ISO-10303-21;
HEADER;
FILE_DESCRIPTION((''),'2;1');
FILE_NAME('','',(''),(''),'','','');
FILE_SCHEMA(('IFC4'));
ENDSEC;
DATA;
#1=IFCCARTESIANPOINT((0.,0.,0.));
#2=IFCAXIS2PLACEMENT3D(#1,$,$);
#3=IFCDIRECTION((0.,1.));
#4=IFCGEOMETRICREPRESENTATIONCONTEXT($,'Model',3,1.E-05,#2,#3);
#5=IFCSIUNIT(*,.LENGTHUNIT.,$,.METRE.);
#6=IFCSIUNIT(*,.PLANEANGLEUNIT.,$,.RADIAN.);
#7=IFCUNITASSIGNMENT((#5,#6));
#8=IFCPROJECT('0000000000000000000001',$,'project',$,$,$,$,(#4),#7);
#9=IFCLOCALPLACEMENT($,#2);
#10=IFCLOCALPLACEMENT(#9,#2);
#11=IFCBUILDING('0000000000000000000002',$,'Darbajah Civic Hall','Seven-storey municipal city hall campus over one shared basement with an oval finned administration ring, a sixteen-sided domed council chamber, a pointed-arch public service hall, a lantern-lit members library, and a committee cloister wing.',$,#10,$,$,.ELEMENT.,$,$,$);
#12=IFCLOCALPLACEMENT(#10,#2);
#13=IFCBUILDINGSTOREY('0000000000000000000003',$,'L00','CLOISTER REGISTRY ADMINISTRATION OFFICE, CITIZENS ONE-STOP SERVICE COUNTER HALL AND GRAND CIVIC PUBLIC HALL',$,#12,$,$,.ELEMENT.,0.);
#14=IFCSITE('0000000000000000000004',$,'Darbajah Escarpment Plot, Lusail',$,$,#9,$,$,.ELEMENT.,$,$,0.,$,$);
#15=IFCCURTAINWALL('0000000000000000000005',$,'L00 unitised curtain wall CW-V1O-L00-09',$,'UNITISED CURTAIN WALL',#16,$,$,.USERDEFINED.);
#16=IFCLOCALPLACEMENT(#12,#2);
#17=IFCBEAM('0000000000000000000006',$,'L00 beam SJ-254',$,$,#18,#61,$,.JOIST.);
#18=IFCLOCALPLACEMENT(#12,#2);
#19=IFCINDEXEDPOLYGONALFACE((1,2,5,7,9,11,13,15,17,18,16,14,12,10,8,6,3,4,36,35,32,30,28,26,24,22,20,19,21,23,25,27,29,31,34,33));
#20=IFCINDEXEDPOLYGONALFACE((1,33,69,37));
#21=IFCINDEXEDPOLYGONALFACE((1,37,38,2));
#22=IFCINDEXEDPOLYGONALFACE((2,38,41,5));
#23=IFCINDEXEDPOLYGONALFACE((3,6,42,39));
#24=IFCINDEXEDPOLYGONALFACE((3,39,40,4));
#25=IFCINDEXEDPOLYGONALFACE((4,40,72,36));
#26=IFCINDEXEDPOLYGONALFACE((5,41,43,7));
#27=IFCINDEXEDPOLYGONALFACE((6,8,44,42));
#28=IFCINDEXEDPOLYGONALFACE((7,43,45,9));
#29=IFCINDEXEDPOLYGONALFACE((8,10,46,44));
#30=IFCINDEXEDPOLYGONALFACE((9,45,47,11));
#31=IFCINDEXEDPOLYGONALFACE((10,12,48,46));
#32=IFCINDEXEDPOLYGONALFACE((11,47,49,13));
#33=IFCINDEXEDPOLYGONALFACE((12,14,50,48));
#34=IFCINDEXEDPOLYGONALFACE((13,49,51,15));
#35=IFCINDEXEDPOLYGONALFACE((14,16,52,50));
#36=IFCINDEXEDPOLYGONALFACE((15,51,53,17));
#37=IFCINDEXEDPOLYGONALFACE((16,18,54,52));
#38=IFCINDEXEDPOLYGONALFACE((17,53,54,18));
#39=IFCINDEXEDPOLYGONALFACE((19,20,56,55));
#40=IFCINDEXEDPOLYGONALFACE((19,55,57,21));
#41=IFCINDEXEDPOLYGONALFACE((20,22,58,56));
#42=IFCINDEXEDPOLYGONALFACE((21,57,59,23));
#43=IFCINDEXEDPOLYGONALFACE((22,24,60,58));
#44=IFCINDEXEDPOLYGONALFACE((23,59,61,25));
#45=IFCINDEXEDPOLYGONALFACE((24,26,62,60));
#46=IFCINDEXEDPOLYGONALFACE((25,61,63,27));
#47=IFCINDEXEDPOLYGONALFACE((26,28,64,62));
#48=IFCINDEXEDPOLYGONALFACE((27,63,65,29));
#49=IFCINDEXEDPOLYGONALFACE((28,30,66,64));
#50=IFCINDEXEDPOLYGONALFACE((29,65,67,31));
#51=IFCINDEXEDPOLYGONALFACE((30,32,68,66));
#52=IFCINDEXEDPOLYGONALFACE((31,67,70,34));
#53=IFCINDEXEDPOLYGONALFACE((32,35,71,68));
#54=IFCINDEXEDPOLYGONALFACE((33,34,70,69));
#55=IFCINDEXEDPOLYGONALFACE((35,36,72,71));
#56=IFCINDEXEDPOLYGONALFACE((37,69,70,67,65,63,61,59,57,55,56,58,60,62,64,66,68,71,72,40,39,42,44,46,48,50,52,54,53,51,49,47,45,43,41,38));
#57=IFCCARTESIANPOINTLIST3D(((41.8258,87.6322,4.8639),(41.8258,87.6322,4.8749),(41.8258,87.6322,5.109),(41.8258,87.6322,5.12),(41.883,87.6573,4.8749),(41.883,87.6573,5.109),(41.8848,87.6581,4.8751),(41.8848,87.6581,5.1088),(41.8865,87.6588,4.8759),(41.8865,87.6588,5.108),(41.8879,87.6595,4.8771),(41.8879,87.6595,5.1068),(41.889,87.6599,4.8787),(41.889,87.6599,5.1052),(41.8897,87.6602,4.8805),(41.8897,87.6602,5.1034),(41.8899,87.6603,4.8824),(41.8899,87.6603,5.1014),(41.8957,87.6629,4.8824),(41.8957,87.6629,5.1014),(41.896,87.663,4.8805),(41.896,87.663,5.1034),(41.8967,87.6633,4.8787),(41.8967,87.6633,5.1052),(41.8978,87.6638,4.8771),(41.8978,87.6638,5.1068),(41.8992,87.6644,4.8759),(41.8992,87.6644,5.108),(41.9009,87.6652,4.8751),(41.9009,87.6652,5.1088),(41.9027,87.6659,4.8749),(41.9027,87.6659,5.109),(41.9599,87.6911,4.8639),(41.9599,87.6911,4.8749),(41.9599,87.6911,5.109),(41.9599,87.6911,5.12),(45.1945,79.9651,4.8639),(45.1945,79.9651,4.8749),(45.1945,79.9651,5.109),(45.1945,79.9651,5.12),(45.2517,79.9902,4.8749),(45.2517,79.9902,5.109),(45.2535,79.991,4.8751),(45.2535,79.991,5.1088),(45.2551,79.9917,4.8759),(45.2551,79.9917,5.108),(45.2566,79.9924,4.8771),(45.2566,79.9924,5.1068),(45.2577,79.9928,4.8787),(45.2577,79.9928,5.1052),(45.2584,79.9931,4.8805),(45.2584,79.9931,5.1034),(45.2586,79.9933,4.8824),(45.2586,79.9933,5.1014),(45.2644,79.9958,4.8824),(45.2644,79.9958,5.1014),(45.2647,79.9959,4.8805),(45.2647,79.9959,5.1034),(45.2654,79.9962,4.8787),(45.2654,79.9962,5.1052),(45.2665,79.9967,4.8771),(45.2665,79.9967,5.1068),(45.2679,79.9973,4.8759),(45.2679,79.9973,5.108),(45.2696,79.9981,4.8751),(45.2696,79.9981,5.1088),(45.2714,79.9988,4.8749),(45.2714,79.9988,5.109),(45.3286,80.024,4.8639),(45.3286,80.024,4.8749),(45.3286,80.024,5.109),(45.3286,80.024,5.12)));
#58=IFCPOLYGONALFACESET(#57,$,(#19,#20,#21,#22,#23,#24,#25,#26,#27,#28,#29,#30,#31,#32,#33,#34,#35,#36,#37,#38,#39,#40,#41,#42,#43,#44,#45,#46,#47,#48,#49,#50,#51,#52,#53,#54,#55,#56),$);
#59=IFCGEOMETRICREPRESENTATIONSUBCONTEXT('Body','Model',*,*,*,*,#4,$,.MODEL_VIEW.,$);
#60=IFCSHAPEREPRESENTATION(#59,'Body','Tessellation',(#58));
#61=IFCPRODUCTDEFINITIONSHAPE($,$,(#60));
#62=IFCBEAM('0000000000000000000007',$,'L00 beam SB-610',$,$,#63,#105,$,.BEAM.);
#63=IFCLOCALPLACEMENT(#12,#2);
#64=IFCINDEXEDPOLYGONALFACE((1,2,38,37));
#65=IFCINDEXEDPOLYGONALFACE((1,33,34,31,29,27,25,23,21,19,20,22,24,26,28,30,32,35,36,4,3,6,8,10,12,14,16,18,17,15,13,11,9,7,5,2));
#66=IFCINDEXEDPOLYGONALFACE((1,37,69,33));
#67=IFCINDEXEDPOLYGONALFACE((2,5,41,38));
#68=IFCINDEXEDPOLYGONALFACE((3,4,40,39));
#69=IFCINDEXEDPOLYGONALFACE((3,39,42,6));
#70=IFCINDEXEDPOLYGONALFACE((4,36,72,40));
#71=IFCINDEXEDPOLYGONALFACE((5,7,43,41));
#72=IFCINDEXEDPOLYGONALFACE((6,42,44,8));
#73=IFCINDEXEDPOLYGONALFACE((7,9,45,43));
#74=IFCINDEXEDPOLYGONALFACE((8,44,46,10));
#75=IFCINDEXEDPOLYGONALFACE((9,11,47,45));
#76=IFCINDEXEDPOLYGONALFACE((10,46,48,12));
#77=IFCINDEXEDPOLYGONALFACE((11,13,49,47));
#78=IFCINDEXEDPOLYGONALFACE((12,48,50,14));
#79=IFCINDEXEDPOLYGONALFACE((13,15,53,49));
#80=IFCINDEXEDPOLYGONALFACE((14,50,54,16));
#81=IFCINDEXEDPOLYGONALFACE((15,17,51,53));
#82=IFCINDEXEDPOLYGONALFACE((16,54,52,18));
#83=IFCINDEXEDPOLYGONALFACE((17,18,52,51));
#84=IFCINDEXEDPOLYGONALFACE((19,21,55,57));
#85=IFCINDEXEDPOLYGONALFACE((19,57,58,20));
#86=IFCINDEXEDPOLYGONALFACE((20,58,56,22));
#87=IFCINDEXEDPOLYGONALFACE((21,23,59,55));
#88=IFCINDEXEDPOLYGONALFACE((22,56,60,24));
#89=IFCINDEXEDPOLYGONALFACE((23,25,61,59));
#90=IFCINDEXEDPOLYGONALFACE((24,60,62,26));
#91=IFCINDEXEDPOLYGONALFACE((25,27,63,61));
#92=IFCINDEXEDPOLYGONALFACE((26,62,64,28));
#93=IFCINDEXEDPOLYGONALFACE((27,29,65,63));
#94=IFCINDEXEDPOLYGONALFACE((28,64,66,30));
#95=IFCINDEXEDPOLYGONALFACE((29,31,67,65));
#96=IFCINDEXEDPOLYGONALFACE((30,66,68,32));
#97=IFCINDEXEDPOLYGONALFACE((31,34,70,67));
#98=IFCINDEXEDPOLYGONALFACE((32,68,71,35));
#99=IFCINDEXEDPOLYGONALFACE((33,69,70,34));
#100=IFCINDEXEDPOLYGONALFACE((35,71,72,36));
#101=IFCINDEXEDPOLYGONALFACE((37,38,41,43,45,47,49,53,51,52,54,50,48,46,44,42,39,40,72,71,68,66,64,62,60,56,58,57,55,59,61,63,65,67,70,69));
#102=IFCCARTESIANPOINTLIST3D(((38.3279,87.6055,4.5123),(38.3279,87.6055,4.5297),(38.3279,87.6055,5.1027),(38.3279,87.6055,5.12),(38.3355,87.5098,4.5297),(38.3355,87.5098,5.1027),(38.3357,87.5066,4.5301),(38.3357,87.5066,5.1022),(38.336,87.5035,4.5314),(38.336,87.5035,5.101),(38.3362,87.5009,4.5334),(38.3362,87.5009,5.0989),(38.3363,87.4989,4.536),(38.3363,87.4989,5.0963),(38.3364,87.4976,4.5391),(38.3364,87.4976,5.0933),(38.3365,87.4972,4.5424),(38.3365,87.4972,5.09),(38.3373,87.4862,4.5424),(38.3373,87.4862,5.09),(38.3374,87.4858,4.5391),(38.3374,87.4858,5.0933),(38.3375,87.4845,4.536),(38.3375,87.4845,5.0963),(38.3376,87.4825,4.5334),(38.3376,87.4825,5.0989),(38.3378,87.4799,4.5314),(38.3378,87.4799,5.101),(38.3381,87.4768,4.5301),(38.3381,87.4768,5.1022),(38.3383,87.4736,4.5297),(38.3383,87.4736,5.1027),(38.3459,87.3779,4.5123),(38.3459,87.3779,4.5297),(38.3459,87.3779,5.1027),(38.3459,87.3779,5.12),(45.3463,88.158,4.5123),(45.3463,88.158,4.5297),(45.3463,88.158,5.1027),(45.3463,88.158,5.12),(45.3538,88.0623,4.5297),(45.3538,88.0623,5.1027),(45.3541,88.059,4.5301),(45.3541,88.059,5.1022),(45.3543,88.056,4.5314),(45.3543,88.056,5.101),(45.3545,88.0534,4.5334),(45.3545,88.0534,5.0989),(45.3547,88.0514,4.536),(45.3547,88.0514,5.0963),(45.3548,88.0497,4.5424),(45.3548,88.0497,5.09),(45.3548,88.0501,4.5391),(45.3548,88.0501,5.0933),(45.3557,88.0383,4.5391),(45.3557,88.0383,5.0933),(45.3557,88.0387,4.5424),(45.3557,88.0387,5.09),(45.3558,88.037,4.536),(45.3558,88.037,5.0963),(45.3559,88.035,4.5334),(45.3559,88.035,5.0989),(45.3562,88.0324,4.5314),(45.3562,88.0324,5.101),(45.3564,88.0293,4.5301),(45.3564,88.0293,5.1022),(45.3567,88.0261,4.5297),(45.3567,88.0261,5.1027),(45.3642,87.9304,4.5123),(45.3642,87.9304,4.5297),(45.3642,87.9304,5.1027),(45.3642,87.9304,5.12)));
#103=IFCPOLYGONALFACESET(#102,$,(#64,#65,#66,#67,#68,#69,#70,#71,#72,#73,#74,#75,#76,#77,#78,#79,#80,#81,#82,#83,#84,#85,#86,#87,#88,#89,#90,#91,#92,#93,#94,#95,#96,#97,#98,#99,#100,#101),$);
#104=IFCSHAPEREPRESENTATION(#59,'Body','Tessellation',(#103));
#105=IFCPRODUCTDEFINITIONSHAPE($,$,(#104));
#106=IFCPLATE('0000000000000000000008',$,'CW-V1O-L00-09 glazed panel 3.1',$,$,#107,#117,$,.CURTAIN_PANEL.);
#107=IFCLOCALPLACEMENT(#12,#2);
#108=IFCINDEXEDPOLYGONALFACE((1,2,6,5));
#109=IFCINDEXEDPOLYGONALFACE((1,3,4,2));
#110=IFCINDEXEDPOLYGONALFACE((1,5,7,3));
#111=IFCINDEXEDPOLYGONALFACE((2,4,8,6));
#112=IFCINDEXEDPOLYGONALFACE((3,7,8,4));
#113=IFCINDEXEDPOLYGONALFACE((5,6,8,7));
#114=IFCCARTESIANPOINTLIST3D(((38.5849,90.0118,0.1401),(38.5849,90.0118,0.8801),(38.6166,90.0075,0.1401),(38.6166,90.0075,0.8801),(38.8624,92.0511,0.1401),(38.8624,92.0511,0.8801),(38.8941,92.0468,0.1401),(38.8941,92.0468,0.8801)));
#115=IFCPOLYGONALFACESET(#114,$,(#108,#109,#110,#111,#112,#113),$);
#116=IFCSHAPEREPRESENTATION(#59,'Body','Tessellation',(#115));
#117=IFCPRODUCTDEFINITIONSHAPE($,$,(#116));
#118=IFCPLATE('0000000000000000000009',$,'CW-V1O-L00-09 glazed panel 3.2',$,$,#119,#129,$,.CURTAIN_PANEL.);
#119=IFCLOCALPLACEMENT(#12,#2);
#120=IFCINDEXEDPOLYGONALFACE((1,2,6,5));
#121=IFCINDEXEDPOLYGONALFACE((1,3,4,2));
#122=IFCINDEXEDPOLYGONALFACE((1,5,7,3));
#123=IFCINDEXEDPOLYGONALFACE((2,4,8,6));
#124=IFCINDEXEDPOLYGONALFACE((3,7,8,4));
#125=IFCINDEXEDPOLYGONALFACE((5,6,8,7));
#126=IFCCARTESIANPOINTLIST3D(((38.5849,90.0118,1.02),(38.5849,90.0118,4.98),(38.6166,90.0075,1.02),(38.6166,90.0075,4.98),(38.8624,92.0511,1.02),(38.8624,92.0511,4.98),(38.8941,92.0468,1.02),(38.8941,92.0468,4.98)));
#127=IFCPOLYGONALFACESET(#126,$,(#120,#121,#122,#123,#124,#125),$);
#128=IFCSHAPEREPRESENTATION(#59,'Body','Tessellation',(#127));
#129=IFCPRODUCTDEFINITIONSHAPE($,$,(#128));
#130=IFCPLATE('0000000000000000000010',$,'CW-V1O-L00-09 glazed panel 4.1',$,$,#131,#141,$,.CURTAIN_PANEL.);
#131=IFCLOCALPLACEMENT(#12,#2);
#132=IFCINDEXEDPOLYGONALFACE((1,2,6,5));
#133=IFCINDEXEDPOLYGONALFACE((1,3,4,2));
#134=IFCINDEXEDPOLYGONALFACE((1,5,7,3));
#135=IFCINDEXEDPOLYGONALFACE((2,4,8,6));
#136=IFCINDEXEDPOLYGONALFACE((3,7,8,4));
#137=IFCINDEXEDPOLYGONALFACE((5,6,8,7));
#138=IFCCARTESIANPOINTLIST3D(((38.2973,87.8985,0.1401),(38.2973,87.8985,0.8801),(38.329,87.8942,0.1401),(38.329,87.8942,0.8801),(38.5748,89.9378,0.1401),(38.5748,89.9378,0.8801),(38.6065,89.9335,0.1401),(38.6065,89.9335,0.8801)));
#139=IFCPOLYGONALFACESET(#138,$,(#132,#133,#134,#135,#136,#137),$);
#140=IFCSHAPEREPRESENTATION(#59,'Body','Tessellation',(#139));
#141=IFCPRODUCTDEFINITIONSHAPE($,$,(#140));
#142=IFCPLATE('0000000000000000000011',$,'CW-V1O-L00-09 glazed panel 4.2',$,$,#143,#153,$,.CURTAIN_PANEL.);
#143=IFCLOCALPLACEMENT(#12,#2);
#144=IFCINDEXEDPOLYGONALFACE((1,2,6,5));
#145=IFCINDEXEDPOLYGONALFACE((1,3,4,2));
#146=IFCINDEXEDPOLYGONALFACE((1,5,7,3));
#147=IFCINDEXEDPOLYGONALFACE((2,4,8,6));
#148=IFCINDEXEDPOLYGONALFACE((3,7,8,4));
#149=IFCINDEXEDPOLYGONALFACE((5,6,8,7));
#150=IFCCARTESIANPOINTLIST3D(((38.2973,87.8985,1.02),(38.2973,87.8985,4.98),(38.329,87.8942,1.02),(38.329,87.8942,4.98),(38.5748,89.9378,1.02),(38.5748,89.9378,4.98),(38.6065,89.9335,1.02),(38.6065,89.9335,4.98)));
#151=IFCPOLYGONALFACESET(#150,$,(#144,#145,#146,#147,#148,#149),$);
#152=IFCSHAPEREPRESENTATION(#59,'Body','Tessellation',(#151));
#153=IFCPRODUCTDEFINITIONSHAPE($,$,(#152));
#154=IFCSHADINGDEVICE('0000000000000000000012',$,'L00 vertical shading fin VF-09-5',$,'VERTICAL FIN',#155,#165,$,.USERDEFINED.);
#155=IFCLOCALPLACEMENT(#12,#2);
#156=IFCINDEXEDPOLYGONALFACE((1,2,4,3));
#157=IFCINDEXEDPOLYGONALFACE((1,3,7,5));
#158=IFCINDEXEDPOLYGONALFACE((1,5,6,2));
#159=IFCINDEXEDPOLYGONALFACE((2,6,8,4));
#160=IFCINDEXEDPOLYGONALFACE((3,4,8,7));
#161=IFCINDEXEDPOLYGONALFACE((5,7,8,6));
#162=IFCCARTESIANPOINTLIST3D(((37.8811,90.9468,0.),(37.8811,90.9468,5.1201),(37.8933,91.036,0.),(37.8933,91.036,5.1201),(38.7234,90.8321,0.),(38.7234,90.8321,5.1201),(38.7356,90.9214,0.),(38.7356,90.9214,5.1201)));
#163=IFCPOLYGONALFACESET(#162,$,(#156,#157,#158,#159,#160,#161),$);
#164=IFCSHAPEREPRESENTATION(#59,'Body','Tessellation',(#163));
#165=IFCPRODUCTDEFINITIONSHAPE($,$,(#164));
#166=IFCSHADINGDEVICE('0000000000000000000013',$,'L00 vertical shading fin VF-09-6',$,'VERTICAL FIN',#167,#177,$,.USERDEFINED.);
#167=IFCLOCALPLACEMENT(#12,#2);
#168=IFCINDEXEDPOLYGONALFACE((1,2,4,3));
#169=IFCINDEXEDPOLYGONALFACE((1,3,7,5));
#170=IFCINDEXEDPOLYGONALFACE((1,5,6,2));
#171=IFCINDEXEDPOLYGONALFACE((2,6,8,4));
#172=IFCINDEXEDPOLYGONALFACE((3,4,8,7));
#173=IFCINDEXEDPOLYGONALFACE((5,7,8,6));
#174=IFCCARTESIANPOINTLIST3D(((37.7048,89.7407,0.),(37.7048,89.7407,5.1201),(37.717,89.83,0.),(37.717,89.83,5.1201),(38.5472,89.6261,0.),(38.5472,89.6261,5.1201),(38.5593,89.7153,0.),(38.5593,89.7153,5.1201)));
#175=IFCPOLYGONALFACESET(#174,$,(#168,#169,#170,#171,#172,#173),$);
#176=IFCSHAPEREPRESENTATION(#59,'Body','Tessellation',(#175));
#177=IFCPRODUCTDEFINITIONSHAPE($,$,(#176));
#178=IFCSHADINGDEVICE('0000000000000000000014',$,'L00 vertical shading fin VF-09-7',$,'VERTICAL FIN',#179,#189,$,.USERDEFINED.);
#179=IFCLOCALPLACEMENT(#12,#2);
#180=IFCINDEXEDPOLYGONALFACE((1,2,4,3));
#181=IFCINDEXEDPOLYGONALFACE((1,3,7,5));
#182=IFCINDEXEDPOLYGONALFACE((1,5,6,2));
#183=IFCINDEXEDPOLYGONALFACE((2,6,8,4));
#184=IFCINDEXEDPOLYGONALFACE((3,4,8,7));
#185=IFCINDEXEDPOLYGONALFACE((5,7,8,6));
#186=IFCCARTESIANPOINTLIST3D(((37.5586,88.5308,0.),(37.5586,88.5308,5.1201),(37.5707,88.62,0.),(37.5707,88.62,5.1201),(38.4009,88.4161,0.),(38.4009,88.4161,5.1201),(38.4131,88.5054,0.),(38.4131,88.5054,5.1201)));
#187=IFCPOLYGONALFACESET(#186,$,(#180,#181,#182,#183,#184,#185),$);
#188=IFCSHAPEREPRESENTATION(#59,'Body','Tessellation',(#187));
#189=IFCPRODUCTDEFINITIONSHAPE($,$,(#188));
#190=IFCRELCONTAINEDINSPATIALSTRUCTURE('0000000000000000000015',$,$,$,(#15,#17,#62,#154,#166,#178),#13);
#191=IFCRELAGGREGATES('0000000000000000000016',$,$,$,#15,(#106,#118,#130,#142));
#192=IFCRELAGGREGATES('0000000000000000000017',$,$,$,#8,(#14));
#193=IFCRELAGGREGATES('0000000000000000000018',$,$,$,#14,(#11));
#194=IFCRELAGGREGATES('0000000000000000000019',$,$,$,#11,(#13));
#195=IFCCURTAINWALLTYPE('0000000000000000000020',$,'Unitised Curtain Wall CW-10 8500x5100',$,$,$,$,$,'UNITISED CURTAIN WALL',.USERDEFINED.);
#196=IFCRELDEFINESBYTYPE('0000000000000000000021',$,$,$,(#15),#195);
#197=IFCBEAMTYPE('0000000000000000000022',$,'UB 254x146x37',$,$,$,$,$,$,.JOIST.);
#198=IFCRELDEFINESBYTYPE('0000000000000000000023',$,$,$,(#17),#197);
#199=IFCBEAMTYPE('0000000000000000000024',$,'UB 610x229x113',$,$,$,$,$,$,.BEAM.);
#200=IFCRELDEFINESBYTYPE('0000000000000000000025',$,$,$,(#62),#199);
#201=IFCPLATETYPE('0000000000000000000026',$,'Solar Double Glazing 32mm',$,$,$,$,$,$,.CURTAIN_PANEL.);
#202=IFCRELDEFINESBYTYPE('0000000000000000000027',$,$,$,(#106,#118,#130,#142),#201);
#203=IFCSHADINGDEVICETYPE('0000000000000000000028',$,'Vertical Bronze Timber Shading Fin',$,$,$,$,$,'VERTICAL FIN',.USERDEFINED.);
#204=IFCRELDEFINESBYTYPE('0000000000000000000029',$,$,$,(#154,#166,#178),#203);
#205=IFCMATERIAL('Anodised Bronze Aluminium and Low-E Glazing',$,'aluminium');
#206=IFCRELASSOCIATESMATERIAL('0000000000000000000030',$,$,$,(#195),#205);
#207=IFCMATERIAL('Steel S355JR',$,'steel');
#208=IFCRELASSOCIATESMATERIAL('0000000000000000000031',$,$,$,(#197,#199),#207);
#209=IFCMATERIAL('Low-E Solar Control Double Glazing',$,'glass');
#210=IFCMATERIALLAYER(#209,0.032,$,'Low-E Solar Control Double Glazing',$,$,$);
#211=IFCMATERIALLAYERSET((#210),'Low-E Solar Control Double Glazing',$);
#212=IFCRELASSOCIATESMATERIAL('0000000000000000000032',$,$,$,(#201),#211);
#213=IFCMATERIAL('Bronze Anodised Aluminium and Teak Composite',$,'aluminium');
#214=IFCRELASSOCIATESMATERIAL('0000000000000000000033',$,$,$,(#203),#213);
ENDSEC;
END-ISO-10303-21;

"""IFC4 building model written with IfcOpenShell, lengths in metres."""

from ifc_helpers import new_model, si_unit, direction, frame, origin, origin_2d, place, context, subcontext, project, spatial, rectangle, i_section, extrude, material, layer, layer_set, material_profile, profile_set, type_object, element, aggregate, save


model = new_model("IFC4")

# Units and contexts
model_context = context("Model", 3, precision=1e-05, world=origin(), true_north=direction((0.0, 1.0)))
body_context = subcontext(model_context, "Body", "Model", "MODEL_VIEW")
ifc_project = project(units=[si_unit("LENGTHUNIT", "METRE"), si_unit("PLANEANGLEUNIT", "RADIAN")], contexts=[model_context])

# Site, building, storey
site_placement = place(None, origin())
site = spatial("IfcSite", under=ifc_project, at=site_placement, Name="Darbajah Escarpment Plot, Lusail", CompositionType="ELEMENT", RefElevation=0.0)
building_placement = place(site_placement, origin())
building = spatial("IfcBuilding", under=site, at=building_placement, Name="Darbajah Civic Hall", Description="Seven-storey municipal city hall campus over one shared basement with an oval finned administration ring, a sixteen-sided domed council chamber, a pointed-arch public service hall, a lantern-lit members library, and a committee cloister wing.", CompositionType="ELEMENT")
storey_placement = place(building_placement, origin())
storey = spatial("IfcBuildingStorey", under=building, at=storey_placement, Name="L00", Description="CLOISTER REGISTRY ADMINISTRATION OFFICE, CITIZENS ONE-STOP SERVICE COUNTER HALL AND GRAND CIVIC PUBLIC HALL", CompositionType="ELEMENT", Elevation=0.0)

# Curtain wall
ifc_material_1 = material(Name="Anodised Bronze Aluminium and Low-E Glazing", Category="aluminium")
curtain_wall_type = type_object("IfcCurtainWallType", Name="Unitised Curtain Wall CW-10 8500x5100", ElementType="UNITISED CURTAIN WALL", PredefinedType="USERDEFINED", material=ifc_material_1)
curtain_wall_placement = place(storey_placement, origin())
curtain_wall = element("IfcCurtainWall", 1, at=curtain_wall_placement, inside=storey, type_object=curtain_wall_type, Name="L00 unitised curtain wall CW-V1O-L00-09", ObjectType="UNITISED CURTAIN WALL", PredefinedType="USERDEFINED")

# Beams
ifc_material_2 = material(Name="Steel S355JR", Category="steel")
ifc_material_profile_1 = material_profile(ifc_material_2, i_section(OverallWidth=0.1465, OverallDepth=0.2561, WebThickness=0.0063, FlangeThickness=0.011, FilletRadius=0.0076, at=origin_2d()), Name="UB 254x146x37")
ifc_profile_set_1 = profile_set([ifc_material_profile_1], Name="Steel S355JR")
beam_type_1 = type_object("IfcBeamType", Name="UB 254x146x37", PredefinedType="JOIST", material=ifc_profile_set_1)
beam_1_placement = place(storey_placement, frame((41.8928, 87.6616, 4.9919), z_axis=(0.402256, -0.915527, 0.0), x_axis=(0.915527, 0.402256, 0.0)))
element("IfcBeam", 2, at=beam_1_placement, inside=storey, type_object=beam_type_1, Name="L00 beam SJ-254", PredefinedType="JOIST", context=body_context, shape_type="SweptSolid", body=[
    extrude(i_section(OverallWidth=0.1465, OverallDepth=0.2561, WebThickness=0.0063, FlangeThickness=0.011, FilletRadius=0.0076, at=origin_2d()), origin(), (0.0, 0.0, 1.0), 8.3745),
])
ifc_material_profile_2 = material_profile(ifc_material_2, i_section(OverallWidth=0.2283, OverallDepth=0.6077, WebThickness=0.011, FlangeThickness=0.0173, FilletRadius=0.0127, at=origin_2d()), Name="UB 610x229x113")
ifc_profile_set_2 = profile_set([ifc_material_profile_2], Name="Steel S355JR")
beam_type_2 = type_object("IfcBeamType", Name="UB 610x229x113", PredefinedType="BEAM", material=ifc_profile_set_2)
beam_2_placement = place(storey_placement, frame((45.3552, 88.0442, 4.8162), z_axis=(-0.996916, -0.078478, 0.0), x_axis=(0.078478, -0.996916, 0.0)))
element("IfcBeam", 3, at=beam_2_placement, inside=storey, type_object=beam_type_2, Name="L00 beam SB-610", PredefinedType="BEAM", context=body_context, shape_type="SweptSolid", body=[
    extrude(i_section(OverallWidth=0.2283, OverallDepth=0.6077, WebThickness=0.011, FlangeThickness=0.0173, FilletRadius=0.0127, at=origin_2d()), origin(), (0.0, 0.0, 1.0), 7.04),
])

# Plates
ifc_material_3 = material(Name="Low-E Solar Control Double Glazing", Category="glass")
ifc_layer = layer(ifc_material_3, 0.032, Name="Low-E Solar Control Double Glazing")
ifc_layer_set = layer_set([ifc_layer], Name="Low-E Solar Control Double Glazing")
plate_type = type_object("IfcPlateType", Name="Solar Double Glazing 32mm", PredefinedType="CURTAIN_PANEL", material=ifc_layer_set)
plate_1_placement = place(storey_placement, frame((38.7395, 91.0293, 0.1401), z_axis=(0.0, 0.0, 1.0), x_axis=(-0.134851, -0.990866, 0.0)))
plate_1 = element("IfcPlate", 4, at=plate_1_placement, type_object=plate_type, Name="CW-V1O-L00-09 glazed panel 3.1", PredefinedType="CURTAIN_PANEL", context=body_context, shape_type="SweptSolid", body=[
    extrude(rectangle(XDim=2.0581, YDim=0.032, at=origin_2d()), origin(), (0.0, 0.0, 1.0), 0.74),
])
plate_2_placement = place(storey_placement, frame((38.7395, 91.0293, 1.02), z_axis=(0.0, 0.0, 1.0), x_axis=(-0.134851, -0.990866, 0.0)))
plate_2 = element("IfcPlate", 5, at=plate_2_placement, type_object=plate_type, Name="CW-V1O-L00-09 glazed panel 3.2", PredefinedType="CURTAIN_PANEL", context=body_context, shape_type="SweptSolid", body=[
    extrude(rectangle(XDim=2.0581, YDim=0.032, at=origin_2d()), origin(), (0.0, 0.0, 1.0), 3.96),
])
plate_3_placement = place(storey_placement, frame((38.4519, 88.916, 0.1401), z_axis=(0.0, 0.0, 1.0), x_axis=(-0.134851, -0.990866, 0.0)))
plate_3 = element("IfcPlate", 6, at=plate_3_placement, type_object=plate_type, Name="CW-V1O-L00-09 glazed panel 4.1", PredefinedType="CURTAIN_PANEL", context=body_context, shape_type="SweptSolid", body=[
    extrude(rectangle(XDim=2.0581, YDim=0.032, at=origin_2d()), origin(), (0.0, 0.0, 1.0), 0.74),
])
plate_4_placement = place(storey_placement, frame((38.4519, 88.916, 1.02), z_axis=(0.0, 0.0, 1.0), x_axis=(-0.134851, -0.990866, 0.0)))
plate_4 = element("IfcPlate", 7, at=plate_4_placement, type_object=plate_type, Name="CW-V1O-L00-09 glazed panel 4.2", PredefinedType="CURTAIN_PANEL", context=body_context, shape_type="SweptSolid", body=[
    extrude(rectangle(XDim=2.0581, YDim=0.032, at=origin_2d()), origin(), (0.0, 0.0, 1.0), 3.96),
])
aggregate(curtain_wall, [plate_1, plate_2, plate_3, plate_4])

# Shading devices
ifc_material_4 = material(Name="Bronze Anodised Aluminium and Teak Composite", Category="aluminium")
shading_device_type = type_object("IfcShadingDeviceType", Name="Vertical Bronze Timber Shading Fin", ElementType="VERTICAL FIN", PredefinedType="USERDEFINED", material=ifc_material_4)
for number, where, z_axis, x_axis, name in (
    (8, (38.3083, 90.9341, 0.0), (0.0, 0.0, 1.0), (-0.990866, 0.134851, 0.0), "L00 vertical shading fin VF-09-5"),
    (9, (38.1321, 89.728, 0.0), (0.0, 0.0, 1.0), (-0.990866, 0.134851, 0.0), "L00 vertical shading fin VF-09-6"),
    (10, (37.9858, 88.5181, 0.0), (0.0, 0.0, 1.0), (-0.990866, 0.134851, 0.0), "L00 vertical shading fin VF-09-7"),
):
    element("IfcShadingDevice", number, at=place(storey_placement, frame(where, z_axis=z_axis, x_axis=x_axis)), inside=storey, type_object=shading_device_type, Name=name, ObjectType="VERTICAL FIN", PredefinedType="USERDEFINED", context=body_context, shape_type="SweptSolid", body=[
        extrude(rectangle(XDim=0.8501, YDim=0.0901, at=origin_2d()), origin(), (0.0, 0.0, 1.0), 5.1201),
    ])

save(model, "model.ifc")
